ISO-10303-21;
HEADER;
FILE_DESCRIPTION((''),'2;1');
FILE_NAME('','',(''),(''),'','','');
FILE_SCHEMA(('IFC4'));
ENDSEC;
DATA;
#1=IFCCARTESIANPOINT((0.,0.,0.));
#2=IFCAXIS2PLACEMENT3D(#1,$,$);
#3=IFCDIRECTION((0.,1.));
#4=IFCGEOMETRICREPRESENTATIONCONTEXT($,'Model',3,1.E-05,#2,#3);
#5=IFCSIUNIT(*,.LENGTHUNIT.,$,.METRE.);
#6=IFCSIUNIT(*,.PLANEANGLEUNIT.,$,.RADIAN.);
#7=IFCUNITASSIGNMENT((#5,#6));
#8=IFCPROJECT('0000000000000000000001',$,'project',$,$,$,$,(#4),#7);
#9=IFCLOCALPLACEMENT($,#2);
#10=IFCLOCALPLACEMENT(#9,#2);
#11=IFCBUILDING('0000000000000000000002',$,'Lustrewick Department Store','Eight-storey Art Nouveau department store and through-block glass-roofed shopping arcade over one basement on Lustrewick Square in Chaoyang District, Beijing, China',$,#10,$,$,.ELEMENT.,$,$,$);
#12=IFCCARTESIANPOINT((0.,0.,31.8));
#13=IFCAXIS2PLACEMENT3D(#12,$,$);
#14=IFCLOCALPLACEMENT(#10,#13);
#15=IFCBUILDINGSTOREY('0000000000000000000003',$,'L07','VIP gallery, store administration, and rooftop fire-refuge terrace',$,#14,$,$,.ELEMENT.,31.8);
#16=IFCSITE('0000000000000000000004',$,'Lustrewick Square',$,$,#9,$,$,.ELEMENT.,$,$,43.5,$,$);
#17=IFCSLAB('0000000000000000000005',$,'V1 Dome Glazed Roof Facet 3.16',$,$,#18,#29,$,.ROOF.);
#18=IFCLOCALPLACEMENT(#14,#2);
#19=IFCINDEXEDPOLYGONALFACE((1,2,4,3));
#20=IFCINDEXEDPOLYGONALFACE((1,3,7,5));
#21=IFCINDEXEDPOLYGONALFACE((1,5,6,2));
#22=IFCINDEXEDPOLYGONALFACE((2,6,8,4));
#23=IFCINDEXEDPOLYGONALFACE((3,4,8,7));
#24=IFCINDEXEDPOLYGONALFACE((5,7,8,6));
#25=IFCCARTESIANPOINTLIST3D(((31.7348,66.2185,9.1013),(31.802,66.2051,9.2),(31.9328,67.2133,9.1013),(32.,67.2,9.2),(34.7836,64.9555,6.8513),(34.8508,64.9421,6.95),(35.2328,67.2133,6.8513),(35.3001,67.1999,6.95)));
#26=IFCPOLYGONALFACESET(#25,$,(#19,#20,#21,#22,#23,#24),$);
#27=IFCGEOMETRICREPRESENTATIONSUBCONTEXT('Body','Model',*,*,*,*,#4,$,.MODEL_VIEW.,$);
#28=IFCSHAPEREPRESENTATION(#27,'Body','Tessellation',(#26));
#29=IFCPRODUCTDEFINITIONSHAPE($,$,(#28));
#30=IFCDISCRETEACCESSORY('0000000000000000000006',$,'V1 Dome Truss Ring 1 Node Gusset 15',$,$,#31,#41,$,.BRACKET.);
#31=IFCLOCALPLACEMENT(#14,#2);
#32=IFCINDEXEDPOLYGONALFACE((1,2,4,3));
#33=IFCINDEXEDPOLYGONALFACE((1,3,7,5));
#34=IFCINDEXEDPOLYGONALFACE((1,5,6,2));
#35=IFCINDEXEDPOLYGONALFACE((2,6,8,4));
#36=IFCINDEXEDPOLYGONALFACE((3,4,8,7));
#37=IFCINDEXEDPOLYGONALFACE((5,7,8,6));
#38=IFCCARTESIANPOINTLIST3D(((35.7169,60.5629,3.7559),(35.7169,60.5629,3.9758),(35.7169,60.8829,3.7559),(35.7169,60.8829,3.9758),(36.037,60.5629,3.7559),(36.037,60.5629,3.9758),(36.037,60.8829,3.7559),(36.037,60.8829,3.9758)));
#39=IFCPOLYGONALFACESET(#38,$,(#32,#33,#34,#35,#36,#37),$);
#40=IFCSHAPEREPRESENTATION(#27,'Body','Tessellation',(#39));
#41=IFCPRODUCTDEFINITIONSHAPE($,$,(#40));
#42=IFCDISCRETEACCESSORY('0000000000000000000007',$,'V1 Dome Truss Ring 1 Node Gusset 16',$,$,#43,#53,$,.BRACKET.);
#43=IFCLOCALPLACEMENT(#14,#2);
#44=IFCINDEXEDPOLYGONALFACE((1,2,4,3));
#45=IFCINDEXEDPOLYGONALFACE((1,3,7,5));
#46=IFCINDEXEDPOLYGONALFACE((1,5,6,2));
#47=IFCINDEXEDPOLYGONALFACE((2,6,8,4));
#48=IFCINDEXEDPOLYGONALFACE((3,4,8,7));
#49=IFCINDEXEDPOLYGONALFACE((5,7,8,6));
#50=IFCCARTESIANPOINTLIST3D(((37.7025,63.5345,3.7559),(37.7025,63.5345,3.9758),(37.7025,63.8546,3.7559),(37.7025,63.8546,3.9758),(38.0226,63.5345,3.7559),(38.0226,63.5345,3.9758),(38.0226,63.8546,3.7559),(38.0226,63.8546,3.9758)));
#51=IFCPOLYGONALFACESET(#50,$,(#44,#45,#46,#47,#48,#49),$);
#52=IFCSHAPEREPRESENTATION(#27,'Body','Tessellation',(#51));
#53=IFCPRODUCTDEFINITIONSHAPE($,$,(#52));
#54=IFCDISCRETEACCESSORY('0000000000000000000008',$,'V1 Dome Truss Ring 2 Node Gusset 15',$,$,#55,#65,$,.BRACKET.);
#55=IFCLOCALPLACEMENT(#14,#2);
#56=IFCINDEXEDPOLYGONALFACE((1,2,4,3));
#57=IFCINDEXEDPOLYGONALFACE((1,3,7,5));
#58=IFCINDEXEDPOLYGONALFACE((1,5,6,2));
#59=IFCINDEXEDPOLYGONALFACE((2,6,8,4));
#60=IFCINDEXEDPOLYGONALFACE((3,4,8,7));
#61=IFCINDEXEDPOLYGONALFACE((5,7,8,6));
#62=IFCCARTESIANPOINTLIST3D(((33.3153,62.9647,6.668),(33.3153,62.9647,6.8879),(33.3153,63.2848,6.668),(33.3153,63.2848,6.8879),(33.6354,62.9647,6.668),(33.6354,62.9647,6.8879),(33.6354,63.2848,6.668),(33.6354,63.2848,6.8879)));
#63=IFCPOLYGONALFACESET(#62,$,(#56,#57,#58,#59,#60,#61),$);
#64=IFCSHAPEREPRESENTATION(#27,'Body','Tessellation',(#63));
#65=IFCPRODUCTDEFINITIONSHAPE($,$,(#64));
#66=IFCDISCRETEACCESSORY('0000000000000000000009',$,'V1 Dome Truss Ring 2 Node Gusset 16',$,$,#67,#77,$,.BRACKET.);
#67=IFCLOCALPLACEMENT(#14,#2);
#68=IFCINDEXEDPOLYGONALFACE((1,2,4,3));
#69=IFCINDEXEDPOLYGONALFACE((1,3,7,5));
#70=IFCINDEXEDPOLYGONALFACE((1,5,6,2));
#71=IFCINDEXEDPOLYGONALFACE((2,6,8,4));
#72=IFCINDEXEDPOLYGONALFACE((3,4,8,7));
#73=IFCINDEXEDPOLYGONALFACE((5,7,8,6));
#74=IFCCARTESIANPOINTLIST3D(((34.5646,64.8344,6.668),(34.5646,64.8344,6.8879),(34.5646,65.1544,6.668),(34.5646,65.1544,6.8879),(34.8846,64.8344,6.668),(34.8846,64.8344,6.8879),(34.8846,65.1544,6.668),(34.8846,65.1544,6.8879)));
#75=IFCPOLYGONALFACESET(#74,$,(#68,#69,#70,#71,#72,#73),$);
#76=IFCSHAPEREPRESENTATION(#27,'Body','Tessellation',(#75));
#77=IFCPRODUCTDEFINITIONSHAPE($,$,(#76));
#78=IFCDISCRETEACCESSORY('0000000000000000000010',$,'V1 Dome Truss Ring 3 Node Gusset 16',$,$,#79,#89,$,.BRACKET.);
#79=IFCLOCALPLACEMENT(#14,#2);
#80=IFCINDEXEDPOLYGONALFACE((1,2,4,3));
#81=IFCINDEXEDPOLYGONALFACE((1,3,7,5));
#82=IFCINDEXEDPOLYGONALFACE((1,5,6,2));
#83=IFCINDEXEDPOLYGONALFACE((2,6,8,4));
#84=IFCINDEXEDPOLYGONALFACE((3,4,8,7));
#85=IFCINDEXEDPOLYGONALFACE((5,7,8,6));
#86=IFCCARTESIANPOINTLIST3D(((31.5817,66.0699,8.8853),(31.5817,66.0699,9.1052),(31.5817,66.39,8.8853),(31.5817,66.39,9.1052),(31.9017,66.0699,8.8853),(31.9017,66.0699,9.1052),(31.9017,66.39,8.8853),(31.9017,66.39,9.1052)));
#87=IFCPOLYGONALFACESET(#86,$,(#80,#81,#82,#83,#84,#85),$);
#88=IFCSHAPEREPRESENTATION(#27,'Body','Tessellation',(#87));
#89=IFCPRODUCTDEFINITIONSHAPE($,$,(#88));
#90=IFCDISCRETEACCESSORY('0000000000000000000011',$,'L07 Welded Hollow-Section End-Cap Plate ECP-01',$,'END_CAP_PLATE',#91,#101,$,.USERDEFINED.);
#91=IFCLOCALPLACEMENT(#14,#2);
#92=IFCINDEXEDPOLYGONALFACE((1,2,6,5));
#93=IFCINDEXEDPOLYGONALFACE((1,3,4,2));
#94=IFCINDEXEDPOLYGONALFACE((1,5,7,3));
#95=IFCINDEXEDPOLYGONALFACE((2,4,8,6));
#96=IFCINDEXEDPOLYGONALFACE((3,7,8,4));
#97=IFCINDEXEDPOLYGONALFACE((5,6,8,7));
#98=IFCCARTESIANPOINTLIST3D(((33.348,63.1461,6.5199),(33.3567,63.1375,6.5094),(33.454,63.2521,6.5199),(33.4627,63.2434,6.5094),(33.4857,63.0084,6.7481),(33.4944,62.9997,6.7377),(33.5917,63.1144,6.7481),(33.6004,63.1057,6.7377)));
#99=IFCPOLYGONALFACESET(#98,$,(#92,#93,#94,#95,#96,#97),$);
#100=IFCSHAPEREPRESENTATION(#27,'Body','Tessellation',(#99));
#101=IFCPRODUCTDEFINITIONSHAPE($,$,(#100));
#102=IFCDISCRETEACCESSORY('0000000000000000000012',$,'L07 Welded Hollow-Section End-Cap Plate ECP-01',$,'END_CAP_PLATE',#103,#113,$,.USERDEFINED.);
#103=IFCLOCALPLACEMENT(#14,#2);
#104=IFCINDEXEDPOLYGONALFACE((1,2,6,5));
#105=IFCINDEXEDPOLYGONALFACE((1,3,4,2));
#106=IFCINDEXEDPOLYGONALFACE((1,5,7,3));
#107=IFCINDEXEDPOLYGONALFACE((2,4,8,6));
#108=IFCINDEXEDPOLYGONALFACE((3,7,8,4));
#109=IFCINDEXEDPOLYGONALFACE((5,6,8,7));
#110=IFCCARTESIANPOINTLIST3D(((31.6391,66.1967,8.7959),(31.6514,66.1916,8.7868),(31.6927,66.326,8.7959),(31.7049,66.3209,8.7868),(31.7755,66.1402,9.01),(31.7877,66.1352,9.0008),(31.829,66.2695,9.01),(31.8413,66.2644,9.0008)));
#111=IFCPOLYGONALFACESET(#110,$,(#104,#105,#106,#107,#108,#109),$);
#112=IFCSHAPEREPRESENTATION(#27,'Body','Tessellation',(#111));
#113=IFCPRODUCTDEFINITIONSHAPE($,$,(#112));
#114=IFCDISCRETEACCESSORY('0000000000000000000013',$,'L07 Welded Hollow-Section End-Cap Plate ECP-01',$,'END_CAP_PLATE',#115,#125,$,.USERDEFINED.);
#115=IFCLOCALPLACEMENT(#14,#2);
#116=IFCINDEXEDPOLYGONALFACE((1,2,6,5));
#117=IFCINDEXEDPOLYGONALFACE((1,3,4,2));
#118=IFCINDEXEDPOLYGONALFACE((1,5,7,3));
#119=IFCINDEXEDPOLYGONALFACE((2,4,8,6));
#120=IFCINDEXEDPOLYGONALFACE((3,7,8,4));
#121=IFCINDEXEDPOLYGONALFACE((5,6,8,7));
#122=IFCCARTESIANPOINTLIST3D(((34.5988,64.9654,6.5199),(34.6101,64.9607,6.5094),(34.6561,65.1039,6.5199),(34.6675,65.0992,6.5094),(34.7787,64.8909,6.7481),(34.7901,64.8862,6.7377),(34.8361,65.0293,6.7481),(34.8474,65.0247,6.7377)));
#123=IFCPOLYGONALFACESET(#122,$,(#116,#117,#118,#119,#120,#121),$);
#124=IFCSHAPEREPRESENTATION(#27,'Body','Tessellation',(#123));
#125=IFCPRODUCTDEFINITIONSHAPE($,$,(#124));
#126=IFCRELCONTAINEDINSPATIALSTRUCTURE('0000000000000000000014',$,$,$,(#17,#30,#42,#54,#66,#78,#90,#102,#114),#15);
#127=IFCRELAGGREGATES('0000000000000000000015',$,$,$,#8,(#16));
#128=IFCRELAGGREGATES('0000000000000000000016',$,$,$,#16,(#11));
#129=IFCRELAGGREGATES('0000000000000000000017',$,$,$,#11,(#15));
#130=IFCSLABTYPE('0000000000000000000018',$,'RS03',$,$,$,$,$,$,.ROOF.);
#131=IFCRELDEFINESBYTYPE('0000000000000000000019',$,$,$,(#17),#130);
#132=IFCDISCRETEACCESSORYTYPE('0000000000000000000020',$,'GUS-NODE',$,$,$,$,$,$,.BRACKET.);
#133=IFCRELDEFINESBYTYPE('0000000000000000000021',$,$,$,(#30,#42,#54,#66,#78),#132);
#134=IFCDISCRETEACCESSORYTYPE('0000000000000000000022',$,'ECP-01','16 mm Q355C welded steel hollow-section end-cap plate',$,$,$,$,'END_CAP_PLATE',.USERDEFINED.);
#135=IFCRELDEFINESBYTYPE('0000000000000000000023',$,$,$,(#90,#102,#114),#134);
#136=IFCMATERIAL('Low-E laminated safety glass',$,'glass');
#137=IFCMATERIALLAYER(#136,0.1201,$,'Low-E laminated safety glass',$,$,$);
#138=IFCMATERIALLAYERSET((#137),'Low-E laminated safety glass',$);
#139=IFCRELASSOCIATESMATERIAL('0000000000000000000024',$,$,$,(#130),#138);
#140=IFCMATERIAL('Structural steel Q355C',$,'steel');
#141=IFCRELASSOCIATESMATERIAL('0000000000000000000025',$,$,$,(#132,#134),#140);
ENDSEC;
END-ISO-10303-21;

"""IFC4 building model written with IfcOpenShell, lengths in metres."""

from ifc_helpers import new_model, si_unit, direction, frame, origin, origin_2d, place, context, subcontext, project, spatial, polyline, rectangle, outline, extrude, material, layer, layer_set, type_object, element, save


model = new_model("IFC4")

# Units and contexts
model_context = context("Model", 3, precision=1e-05, world=origin(), true_north=direction((0.0, 1.0)))
body_context = subcontext(model_context, "Body", "Model", "MODEL_VIEW")
ifc_project = project(units=[si_unit("LENGTHUNIT", "METRE"), si_unit("PLANEANGLEUNIT", "RADIAN")], contexts=[model_context])

# Site, building, storey
site_placement = place(None, origin())
site = spatial("IfcSite", under=ifc_project, at=site_placement, Name="Lustrewick Square", CompositionType="ELEMENT", RefElevation=43.5)
building_placement = place(site_placement, origin())
building = spatial("IfcBuilding", under=site, at=building_placement, Name="Lustrewick Department Store", Description="Eight-storey Art Nouveau department store and through-block glass-roofed shopping arcade over one basement on Lustrewick Square in Chaoyang District, Beijing, China", CompositionType="ELEMENT")
storey_placement = place(building_placement, frame((0.0, 0.0, 31.8)))
storey = spatial("IfcBuildingStorey", under=building, at=storey_placement, Name="L07", Description="VIP gallery, store administration, and rooftop fire-refuge terrace", CompositionType="ELEMENT", Elevation=31.8)

# Shared definitions
ifc_material_1 = material(Name="Structural steel Q355C", Category="steel")

# Slab
ifc_material_2 = material(Name="Low-E laminated safety glass", Category="glass")
ifc_layer = layer(ifc_material_2, 0.1201, Name="Low-E laminated safety glass")
ifc_layer_set = layer_set([ifc_layer], Name="Low-E laminated safety glass")
slab_type = type_object("IfcSlabType", Name="RS03", PredefinedType="ROOF", material=ifc_layer_set)
slab_1_placement = place(storey_placement, frame((34.8508, 64.9421, 6.95), z_axis=(0.559821, -0.111393, 0.821092), x_axis=(0.195142, 0.980775, 0.000008)))
element("IfcSlab", 1, at=slab_1_placement, inside=storey, type_object=slab_type, Name="V1 Dome Glazed Roof Facet 3.16", PredefinedType="ROOF", context=body_context, shape_type="SweptSolid", body=[
    extrude(outline(polyline([(0.0, 0.0), (2.3021, 0.0), (1.6581, 3.9418), (0.6437, 3.9419), (0.0, 0.0)])), origin(), (0.0, 0.0, -1.0), 0.1201),
])

# Discrete accessories
discrete_accessory_type_1 = type_object("IfcDiscreteAccessoryType", Name="GUS-NODE", PredefinedType="BRACKET", material=ifc_material_1)
for number, where, z_axis, x_axis, name in (
    (2, (35.877, 60.7229, 3.7559), (0.0, 0.0, 1.0), (1.0, 0.0, 0.0), "V1 Dome Truss Ring 1 Node Gusset 15"),
    (3, (37.8625, 63.6946, 3.7559), (0.0, 0.0, 1.0), (1.0, 0.0, 0.0), "V1 Dome Truss Ring 1 Node Gusset 16"),
    (4, (33.4753, 63.1248, 6.668), (0.0, 0.0, 1.0), (1.0, 0.0, 0.0), "V1 Dome Truss Ring 2 Node Gusset 15"),
    (5, (34.7246, 64.9944, 6.668), (0.0, 0.0, 1.0), (1.0, 0.0, 0.0), "V1 Dome Truss Ring 2 Node Gusset 16"),
    (6, (31.7417, 66.23, 8.8853), (0.0, 0.0, 1.0), (1.0, 0.0, 0.0), "V1 Dome Truss Ring 3 Node Gusset 16"),
):
    element("IfcDiscreteAccessory", number, at=place(storey_placement, frame(where, z_axis=z_axis, x_axis=x_axis)), inside=storey, type_object=discrete_accessory_type_1, Name=name, PredefinedType="BRACKET", context=body_context, shape_type="SweptSolid", body=[
        extrude(rectangle(XDim=0.3201, YDim=0.3201, at=origin_2d()), origin(), (0.0, 0.0, 1.0), 0.22),
    ])
discrete_accessory_type_2 = type_object("IfcDiscreteAccessoryType", Name="ECP-01", Description="16 mm Q355C welded steel hollow-section end-cap plate", ElementType="END_CAP_PLATE", PredefinedType="USERDEFINED", material=ifc_material_1)
discrete_accessory_1_placement = place(storey_placement, frame((33.4785, 63.1216, 6.6235), z_axis=(-0.537852, 0.537907, 0.64913), x_axis=(-0.707143, -0.707071, 0.0)))
element("IfcDiscreteAccessory", 7, at=discrete_accessory_1_placement, inside=storey, type_object=discrete_accessory_type_2, Name="L07 Welded Hollow-Section End-Cap Plate ECP-01", ObjectType="END_CAP_PLATE", PredefinedType="USERDEFINED", context=body_context, shape_type="SweptSolid", body=[
    extrude(rectangle(XDim=0.1499, YDim=0.3, at=origin_2d()), origin(), (0.0, 0.0, 1.0), 0.0161),
])
discrete_accessory_2_placement = place(storey_placement, frame((31.7463, 66.228, 8.8938), z_axis=(-0.760678, 0.315107, 0.567518), x_axis=(-0.382708, -0.923869, 0.0)))
element("IfcDiscreteAccessory", 8, at=discrete_accessory_2_placement, inside=storey, type_object=discrete_accessory_type_2, Name="L07 Welded Hollow-Section End-Cap Plate ECP-01", ObjectType="END_CAP_PLATE", PredefinedType="USERDEFINED", context=body_context, shape_type="SweptSolid", body=[
    extrude(rectangle(XDim=0.1399, YDim=0.26, at=origin_2d()), origin(), (0.0, 0.0, 1.0), 0.0161),
])
discrete_accessory_3_placement = place(storey_placement, frame((34.7288, 64.9927, 6.6235), z_axis=(-0.702769, 0.291097, 0.649137), x_axis=(-0.382684, -0.923879, 0.0)))
element("IfcDiscreteAccessory", 9, at=discrete_accessory_3_placement, inside=storey, type_object=discrete_accessory_type_2, Name="L07 Welded Hollow-Section End-Cap Plate ECP-01", ObjectType="END_CAP_PLATE", PredefinedType="USERDEFINED", context=body_context, shape_type="SweptSolid", body=[
    extrude(rectangle(XDim=0.1499, YDim=0.3, at=origin_2d()), origin(), (0.0, 0.0, 1.0), 0.0161),
])

save(model, "model.ifc")
